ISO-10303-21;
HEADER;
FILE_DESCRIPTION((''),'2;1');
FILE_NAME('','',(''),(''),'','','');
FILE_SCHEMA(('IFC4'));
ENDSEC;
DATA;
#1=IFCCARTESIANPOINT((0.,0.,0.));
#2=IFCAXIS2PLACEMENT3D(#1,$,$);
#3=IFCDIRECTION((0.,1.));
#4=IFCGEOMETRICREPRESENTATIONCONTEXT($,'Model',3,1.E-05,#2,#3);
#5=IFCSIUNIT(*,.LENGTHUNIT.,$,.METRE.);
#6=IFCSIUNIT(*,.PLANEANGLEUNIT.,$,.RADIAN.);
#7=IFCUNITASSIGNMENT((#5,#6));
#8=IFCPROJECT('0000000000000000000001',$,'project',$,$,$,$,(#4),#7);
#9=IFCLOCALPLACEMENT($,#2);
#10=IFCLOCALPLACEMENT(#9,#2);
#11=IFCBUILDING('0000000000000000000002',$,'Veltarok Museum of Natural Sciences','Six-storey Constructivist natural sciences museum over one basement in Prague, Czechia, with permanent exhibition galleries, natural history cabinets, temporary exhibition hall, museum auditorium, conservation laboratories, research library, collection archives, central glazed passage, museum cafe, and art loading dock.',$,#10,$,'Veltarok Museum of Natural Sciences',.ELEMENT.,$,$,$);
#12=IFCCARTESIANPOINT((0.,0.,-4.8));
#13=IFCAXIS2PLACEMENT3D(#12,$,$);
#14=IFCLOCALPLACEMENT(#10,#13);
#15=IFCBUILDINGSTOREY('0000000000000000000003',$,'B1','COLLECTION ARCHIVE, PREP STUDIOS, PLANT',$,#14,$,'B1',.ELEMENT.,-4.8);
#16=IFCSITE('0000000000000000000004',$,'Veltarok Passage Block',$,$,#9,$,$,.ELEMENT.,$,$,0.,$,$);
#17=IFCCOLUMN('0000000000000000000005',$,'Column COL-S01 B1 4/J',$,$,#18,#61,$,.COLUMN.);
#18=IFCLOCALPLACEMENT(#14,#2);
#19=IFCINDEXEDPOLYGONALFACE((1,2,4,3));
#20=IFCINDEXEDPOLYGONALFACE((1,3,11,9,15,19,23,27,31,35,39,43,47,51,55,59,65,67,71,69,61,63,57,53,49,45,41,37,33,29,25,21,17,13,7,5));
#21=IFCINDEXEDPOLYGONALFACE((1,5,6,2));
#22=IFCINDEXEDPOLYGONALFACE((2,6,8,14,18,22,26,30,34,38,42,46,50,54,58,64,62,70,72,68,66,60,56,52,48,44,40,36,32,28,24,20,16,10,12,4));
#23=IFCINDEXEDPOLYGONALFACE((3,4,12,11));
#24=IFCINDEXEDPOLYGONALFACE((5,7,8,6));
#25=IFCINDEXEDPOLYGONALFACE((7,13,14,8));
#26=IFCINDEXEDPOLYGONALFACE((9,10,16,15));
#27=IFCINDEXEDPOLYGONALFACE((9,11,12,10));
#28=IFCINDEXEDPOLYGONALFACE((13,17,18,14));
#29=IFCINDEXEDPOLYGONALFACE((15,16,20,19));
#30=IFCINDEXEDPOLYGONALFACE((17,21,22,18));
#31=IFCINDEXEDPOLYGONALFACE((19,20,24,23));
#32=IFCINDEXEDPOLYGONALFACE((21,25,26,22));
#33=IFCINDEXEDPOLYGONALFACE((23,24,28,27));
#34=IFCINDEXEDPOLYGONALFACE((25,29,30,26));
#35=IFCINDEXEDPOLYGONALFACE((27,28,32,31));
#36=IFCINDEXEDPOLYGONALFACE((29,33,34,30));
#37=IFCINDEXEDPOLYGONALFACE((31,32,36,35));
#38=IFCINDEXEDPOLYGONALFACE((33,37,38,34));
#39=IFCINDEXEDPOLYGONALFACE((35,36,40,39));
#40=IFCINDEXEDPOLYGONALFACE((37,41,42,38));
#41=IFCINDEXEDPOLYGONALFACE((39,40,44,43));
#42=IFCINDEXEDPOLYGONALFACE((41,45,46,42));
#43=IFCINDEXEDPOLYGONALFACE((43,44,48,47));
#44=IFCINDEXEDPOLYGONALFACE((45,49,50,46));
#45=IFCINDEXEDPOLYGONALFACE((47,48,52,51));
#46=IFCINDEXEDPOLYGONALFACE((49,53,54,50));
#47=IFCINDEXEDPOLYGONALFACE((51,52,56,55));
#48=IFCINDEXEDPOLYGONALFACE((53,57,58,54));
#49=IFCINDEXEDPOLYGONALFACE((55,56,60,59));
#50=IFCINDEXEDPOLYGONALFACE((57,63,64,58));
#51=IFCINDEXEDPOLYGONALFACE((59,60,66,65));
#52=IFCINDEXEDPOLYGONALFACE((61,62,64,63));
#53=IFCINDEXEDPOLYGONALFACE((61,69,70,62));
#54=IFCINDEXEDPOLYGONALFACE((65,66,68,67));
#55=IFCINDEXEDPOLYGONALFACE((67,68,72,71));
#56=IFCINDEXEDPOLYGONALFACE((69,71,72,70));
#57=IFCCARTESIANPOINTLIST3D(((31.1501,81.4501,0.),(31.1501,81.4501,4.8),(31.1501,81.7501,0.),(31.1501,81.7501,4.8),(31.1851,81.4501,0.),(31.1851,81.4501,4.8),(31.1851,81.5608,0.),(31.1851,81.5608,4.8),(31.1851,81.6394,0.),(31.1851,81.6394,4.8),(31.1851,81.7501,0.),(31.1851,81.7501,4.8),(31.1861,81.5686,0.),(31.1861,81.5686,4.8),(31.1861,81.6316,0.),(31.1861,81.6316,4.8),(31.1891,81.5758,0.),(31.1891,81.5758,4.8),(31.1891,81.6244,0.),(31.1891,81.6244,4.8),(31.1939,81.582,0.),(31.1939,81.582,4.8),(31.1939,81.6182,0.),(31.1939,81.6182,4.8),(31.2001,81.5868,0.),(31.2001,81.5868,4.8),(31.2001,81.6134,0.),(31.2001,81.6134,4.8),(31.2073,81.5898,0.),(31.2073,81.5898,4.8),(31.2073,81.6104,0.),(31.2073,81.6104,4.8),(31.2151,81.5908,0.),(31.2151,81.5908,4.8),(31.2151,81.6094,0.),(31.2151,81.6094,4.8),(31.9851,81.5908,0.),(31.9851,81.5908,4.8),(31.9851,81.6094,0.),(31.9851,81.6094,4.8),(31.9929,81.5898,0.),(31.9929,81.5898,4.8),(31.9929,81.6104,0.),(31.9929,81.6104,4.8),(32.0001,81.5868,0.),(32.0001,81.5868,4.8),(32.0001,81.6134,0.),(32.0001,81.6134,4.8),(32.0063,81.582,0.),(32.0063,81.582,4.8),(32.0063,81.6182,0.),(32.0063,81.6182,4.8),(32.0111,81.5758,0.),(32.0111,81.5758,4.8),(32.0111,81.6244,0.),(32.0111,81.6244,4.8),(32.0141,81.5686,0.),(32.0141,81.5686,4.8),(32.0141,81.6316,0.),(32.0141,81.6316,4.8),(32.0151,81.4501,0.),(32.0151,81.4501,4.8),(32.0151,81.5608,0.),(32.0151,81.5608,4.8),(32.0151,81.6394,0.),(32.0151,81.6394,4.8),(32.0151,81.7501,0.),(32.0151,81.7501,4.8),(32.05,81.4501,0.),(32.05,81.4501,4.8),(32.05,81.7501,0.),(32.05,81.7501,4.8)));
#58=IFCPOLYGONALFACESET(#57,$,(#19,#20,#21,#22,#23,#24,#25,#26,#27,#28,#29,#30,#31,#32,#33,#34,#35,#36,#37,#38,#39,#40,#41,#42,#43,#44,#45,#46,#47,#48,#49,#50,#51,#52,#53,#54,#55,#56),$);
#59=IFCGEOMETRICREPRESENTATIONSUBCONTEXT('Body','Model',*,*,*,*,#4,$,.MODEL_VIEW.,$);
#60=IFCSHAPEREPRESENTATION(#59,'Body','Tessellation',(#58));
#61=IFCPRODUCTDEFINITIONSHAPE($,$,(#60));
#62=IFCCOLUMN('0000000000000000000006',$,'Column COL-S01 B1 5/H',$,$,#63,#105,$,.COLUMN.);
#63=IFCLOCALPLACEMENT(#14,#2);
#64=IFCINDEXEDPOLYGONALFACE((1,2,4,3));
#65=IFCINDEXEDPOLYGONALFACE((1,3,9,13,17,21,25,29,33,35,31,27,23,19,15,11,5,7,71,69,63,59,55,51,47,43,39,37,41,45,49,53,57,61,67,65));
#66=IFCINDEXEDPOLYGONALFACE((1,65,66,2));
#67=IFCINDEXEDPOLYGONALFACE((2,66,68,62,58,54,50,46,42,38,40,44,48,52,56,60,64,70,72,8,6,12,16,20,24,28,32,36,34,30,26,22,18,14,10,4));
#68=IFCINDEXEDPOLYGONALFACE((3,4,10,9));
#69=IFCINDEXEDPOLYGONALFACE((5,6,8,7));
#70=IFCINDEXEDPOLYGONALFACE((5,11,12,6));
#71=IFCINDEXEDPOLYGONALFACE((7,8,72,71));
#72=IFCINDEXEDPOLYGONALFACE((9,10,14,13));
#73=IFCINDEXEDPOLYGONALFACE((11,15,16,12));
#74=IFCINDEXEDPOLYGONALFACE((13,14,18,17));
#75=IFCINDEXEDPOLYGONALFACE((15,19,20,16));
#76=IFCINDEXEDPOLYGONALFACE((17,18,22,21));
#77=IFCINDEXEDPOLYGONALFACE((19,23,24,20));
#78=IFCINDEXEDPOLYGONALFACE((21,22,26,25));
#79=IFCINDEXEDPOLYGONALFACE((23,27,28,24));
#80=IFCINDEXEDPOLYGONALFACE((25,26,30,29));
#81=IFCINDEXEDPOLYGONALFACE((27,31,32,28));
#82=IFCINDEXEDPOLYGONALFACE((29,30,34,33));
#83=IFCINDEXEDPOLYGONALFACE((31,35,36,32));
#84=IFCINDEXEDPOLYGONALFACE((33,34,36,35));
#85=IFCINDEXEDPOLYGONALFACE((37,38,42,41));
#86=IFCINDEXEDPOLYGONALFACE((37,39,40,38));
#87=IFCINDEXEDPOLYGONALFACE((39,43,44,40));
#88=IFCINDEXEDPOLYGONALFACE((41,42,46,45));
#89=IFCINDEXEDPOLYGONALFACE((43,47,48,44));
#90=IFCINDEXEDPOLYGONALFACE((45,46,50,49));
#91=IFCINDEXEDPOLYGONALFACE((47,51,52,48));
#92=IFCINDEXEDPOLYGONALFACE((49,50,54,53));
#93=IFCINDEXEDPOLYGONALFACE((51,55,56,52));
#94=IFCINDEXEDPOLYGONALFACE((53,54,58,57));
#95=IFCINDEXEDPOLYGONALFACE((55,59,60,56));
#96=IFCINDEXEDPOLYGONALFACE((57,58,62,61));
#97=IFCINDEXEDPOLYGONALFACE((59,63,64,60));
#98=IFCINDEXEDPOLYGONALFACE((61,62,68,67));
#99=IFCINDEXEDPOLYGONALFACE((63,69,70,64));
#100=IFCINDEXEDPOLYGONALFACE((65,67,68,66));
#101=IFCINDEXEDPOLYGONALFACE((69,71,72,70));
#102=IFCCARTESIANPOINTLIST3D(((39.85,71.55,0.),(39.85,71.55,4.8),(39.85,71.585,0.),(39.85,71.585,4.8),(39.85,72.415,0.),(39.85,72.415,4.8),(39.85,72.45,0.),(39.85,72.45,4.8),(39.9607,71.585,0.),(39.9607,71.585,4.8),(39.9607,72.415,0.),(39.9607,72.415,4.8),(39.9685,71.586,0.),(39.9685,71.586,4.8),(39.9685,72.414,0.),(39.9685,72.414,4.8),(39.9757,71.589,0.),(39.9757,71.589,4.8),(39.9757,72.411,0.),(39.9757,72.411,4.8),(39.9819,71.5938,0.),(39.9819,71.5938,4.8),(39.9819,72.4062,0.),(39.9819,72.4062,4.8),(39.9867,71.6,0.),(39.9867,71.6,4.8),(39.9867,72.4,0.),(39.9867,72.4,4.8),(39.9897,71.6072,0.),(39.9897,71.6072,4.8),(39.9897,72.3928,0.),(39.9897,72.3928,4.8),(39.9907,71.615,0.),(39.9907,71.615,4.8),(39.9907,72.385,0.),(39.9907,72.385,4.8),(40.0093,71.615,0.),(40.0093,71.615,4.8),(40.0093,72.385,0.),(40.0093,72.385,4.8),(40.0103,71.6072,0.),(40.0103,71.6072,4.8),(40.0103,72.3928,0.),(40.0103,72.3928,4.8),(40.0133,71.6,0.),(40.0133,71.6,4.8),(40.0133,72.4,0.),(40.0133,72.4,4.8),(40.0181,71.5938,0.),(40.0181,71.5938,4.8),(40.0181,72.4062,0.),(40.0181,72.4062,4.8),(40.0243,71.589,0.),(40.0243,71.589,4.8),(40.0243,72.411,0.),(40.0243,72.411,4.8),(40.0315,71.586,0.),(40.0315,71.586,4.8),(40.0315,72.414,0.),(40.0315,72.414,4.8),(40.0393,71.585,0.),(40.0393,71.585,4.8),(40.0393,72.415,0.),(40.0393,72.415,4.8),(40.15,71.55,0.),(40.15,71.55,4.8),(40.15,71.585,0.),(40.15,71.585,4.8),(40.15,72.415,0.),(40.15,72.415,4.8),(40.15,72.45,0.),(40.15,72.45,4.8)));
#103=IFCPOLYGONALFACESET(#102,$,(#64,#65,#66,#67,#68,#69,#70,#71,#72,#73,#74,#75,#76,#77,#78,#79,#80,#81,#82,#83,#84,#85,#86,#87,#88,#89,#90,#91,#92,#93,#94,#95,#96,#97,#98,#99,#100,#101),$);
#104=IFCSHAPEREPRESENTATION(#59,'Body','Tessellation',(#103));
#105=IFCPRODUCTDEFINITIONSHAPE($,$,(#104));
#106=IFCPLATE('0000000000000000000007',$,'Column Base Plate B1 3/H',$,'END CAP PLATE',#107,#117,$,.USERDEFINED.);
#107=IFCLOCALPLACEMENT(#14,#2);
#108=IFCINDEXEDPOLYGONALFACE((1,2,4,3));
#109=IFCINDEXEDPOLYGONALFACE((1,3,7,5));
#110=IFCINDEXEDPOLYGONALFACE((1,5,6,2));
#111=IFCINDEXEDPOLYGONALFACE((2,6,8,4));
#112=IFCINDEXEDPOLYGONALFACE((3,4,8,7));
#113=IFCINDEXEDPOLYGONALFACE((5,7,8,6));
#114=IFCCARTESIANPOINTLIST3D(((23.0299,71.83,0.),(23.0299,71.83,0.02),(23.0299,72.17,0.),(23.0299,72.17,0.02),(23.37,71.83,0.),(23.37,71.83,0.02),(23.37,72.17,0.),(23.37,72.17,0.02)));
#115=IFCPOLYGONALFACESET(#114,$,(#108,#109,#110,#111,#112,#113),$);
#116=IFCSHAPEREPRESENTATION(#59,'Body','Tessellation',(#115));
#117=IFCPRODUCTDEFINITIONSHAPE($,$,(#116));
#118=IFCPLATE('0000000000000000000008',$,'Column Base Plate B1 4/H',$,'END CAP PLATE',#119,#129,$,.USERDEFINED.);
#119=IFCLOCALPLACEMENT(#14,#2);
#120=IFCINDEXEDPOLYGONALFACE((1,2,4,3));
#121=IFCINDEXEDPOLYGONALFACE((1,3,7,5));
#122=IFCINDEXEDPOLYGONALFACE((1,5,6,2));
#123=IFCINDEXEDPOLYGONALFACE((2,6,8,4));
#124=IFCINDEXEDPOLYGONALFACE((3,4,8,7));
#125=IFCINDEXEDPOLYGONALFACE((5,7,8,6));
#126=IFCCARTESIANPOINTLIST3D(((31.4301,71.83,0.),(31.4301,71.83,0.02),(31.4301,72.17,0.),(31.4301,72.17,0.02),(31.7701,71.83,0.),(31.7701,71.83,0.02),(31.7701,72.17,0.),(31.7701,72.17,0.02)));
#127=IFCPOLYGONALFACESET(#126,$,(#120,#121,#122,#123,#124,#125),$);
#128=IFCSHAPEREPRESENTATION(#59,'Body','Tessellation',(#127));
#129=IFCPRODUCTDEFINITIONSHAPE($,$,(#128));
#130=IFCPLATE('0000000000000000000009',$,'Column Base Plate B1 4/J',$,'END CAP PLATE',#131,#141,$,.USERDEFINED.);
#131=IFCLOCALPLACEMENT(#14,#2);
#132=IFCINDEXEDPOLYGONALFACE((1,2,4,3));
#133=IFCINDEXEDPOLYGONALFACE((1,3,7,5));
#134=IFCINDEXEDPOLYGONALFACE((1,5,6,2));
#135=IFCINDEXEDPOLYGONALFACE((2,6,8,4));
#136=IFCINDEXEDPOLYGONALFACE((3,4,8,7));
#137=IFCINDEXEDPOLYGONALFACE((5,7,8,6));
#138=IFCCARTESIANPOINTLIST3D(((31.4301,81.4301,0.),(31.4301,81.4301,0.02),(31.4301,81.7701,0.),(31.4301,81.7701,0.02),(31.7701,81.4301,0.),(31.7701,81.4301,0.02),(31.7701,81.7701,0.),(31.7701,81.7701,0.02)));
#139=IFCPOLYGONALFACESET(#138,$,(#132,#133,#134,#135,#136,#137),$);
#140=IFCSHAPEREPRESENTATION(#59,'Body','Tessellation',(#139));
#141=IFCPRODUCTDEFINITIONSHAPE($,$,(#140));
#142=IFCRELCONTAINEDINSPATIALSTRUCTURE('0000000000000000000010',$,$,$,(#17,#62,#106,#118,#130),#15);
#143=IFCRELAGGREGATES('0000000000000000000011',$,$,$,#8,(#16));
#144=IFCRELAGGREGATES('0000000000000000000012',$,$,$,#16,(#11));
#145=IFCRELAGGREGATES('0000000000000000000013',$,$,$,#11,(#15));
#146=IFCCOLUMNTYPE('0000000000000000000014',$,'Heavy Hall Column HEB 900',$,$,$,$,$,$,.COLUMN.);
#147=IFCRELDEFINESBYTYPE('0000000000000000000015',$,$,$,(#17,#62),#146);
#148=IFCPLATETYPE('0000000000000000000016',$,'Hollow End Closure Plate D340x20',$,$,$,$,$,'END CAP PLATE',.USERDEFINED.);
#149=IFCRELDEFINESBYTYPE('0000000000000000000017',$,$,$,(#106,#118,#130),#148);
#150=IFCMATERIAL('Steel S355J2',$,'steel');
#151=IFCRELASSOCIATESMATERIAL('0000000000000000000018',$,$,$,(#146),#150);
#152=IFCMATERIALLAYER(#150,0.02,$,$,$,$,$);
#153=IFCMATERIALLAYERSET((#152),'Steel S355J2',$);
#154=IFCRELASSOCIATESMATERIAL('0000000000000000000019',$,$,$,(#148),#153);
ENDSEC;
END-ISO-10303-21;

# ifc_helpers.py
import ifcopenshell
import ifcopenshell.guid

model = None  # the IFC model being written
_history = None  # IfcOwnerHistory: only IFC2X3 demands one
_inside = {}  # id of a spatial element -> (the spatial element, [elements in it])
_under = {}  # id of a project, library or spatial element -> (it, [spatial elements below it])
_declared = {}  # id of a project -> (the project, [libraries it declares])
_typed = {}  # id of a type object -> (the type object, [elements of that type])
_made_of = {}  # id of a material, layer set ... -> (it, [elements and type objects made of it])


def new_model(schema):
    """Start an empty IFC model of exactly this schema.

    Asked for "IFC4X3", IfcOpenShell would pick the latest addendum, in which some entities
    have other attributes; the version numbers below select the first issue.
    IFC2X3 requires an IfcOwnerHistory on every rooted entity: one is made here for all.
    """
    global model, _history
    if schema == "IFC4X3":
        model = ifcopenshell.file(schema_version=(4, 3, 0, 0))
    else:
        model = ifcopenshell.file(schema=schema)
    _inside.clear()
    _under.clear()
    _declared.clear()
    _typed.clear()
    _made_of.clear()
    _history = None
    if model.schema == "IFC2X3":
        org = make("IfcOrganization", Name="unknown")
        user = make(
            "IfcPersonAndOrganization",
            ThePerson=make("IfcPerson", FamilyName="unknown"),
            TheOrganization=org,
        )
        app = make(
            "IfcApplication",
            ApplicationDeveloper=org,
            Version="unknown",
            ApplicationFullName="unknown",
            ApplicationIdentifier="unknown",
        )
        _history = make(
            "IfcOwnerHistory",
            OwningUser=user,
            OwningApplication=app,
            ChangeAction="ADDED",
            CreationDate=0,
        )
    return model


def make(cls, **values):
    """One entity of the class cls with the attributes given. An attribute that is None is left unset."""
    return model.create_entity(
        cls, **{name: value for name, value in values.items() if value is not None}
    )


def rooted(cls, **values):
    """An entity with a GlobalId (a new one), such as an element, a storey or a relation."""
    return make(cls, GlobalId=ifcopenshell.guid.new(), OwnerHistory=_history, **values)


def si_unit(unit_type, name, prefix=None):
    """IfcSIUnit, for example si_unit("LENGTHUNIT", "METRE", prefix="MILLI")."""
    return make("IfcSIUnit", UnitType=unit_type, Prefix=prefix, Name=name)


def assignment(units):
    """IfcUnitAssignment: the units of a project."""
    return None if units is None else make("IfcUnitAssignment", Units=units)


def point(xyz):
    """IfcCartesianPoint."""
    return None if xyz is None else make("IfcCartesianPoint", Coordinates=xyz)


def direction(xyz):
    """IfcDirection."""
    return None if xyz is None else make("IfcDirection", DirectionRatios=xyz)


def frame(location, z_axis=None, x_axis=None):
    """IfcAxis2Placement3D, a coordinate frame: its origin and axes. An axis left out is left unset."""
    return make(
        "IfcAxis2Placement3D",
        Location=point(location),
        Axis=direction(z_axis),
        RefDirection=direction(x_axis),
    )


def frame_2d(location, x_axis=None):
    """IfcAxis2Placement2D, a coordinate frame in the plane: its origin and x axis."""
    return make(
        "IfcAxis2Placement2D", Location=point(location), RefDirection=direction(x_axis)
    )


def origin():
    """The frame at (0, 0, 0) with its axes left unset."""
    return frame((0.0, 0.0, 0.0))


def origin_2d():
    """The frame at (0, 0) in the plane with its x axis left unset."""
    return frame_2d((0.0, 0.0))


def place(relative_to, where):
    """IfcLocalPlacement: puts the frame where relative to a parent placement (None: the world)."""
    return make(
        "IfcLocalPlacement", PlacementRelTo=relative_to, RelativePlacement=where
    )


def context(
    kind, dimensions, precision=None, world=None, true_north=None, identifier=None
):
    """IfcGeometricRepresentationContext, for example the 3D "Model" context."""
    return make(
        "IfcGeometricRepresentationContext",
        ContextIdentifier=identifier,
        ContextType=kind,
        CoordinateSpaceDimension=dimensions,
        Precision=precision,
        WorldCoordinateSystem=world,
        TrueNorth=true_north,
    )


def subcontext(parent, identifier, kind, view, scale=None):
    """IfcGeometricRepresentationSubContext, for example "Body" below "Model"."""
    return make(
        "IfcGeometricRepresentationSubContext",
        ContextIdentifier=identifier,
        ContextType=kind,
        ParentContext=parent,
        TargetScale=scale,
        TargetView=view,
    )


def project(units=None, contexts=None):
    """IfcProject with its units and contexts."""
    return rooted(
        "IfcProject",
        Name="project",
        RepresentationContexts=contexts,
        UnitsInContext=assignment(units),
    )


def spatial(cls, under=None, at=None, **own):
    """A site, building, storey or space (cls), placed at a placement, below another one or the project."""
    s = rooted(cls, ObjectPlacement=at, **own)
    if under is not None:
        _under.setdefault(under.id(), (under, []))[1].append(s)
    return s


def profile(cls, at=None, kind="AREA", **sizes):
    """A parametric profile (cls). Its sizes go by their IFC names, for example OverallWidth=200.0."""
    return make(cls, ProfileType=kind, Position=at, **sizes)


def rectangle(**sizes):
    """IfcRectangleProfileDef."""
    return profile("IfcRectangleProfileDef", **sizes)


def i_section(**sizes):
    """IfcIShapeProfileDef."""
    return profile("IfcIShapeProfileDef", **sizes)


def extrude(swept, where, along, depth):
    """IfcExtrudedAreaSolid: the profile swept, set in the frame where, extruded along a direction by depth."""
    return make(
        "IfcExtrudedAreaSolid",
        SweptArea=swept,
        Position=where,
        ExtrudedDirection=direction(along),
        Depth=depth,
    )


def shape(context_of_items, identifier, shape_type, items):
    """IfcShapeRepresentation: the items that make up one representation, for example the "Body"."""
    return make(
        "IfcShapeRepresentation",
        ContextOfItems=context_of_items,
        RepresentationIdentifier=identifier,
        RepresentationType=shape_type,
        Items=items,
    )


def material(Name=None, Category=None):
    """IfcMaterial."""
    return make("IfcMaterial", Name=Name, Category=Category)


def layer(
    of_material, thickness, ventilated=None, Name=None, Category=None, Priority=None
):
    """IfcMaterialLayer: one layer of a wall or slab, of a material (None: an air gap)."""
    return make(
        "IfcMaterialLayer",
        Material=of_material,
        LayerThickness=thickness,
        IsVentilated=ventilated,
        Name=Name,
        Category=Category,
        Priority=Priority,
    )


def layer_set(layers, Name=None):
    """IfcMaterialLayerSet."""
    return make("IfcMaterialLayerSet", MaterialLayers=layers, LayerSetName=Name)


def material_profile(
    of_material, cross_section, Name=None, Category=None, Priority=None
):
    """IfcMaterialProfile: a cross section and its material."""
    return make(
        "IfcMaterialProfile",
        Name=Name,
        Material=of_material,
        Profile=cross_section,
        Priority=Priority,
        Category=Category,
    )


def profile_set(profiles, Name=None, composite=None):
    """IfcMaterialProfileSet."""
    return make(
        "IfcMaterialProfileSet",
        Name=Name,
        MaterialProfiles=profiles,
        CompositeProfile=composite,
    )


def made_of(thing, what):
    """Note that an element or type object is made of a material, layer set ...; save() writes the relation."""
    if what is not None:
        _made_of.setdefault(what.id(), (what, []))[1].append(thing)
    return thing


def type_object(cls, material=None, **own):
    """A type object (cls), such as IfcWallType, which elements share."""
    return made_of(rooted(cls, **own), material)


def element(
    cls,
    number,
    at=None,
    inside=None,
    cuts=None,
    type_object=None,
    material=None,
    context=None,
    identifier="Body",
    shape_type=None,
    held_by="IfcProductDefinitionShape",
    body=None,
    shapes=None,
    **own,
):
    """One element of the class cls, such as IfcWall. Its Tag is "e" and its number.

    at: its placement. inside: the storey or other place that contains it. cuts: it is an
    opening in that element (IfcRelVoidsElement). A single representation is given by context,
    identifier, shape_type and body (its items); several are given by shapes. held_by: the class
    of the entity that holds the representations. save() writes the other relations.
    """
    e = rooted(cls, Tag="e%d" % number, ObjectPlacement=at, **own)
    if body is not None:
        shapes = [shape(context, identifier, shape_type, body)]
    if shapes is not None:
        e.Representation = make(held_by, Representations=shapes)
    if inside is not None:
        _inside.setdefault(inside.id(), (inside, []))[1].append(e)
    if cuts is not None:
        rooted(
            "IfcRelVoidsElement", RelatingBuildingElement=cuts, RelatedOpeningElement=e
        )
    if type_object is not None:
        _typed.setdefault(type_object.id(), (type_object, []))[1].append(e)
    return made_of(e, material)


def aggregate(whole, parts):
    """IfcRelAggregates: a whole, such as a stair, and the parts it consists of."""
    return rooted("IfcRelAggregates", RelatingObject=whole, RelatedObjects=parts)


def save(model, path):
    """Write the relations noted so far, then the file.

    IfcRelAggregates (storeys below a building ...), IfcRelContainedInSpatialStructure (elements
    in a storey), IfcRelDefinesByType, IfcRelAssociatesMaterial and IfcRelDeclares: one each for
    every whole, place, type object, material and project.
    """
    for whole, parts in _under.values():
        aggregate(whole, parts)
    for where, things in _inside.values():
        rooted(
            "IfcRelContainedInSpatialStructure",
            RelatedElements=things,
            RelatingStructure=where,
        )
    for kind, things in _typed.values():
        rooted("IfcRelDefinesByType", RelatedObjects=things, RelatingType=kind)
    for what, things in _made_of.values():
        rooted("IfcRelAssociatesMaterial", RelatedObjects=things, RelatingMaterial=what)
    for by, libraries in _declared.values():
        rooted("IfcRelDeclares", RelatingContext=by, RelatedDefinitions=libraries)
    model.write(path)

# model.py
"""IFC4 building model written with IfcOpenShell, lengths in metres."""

from ifc_helpers import new_model, si_unit, direction, frame, origin, origin_2d, place, context, subcontext, project, spatial, rectangle, i_section, extrude, material, layer, layer_set, material_profile, profile_set, type_object, element, save


model = new_model("IFC4")

# Units and contexts
model_context = context("Model", 3, precision=1e-05, world=origin(), true_north=direction((0.0, 1.0)))
body_context = subcontext(model_context, "Body", "Model", "MODEL_VIEW")
ifc_project = project(units=[si_unit("LENGTHUNIT", "METRE"), si_unit("PLANEANGLEUNIT", "RADIAN")], contexts=[model_context])

# Site, building, storey
site_placement = place(None, origin())
site = spatial("IfcSite", under=ifc_project, at=site_placement, Name="Veltarok Passage Block", CompositionType="ELEMENT", RefElevation=0.0)
building_placement = place(site_placement, origin())
building = spatial("IfcBuilding", under=site, at=building_placement, Name="Veltarok Museum of Natural Sciences", Description="Six-storey Constructivist natural sciences museum over one basement in Prague, Czechia, with permanent exhibition galleries, natural history cabinets, temporary exhibition hall, museum auditorium, conservation laboratories, research library, collection archives, central glazed passage, museum cafe, and art loading dock.", LongName="Veltarok Museum of Natural Sciences", CompositionType="ELEMENT")
storey_placement = place(building_placement, frame((0.0, 0.0, -4.8)))
storey = spatial("IfcBuildingStorey", under=building, at=storey_placement, Name="B1", Description="COLLECTION ARCHIVE, PREP STUDIOS, PLANT", LongName="B1", CompositionType="ELEMENT", Elevation=-4.8)

# Columns
ifc_material_1 = material(Name="Steel S355J2", Category="steel")
ifc_material_profile_1 = material_profile(ifc_material_1, i_section(OverallWidth=0.3, OverallDepth=0.8999, WebThickness=0.0186, FlangeThickness=0.0349, FilletRadius=0.03, at=origin_2d()), Name="HEB 900")
ifc_profile_set_1 = profile_set([ifc_material_profile_1], Name="Steel S355J2")
column_type = type_object("IfcColumnType", Name="Heavy Hall Column HEB 900", PredefinedType="COLUMN", material=ifc_profile_set_1)
for number, where, z_axis, x_axis, name in (
    (1, (31.6001, 81.6001, 0.0), (0.0, 0.0, 1.0), (0.0, 1.0, 0.0), "Column COL-S01 B1 4/J"),
    (2, (40.0, 72.0, 0.0), (0.0, 0.0, 1.0), (1.0, 0.0, 0.0), "Column COL-S01 B1 5/H"),
):
    element("IfcColumn", number, at=place(storey_placement, frame(where, z_axis=z_axis, x_axis=x_axis)), inside=storey, type_object=column_type, Name=name, PredefinedType="COLUMN", context=body_context, shape_type="SweptSolid", body=[
        extrude(i_section(OverallWidth=0.3, OverallDepth=0.8999, WebThickness=0.0186, FlangeThickness=0.0349, FilletRadius=0.03, at=origin_2d()), origin(), (0.0, 0.0, 1.0), 4.8),
    ])

# Plates
ifc_layer = layer(ifc_material_1, 0.02)
ifc_layer_set = layer_set([ifc_layer], Name="Steel S355J2")
plate_type = type_object("IfcPlateType", Name="Hollow End Closure Plate D340x20", ElementType="END CAP PLATE", PredefinedType="USERDEFINED", material=ifc_layer_set)
for number, where, z_axis, x_axis, name in (
    (3, (23.2, 72.0, 0.0), (0.0, 0.0, 1.0), (1.0, 0.0, 0.0), "Column Base Plate B1 3/H"),
    (4, (31.6001, 72.0, 0.0), (0.0, 0.0, 1.0), (1.0, 0.0, 0.0), "Column Base Plate B1 4/H"),
    (5, (31.6001, 81.6001, 0.0), (0.0, 0.0, 1.0), (1.0, 0.0, 0.0), "Column Base Plate B1 4/J"),
):
    element("IfcPlate", number, at=place(storey_placement, frame(where, z_axis=z_axis, x_axis=x_axis)), inside=storey, type_object=plate_type, Name=name, ObjectType="END CAP PLATE", PredefinedType="USERDEFINED", context=body_context, shape_type="SweptSolid", body=[
        extrude(rectangle(XDim=0.3401, YDim=0.3401, at=origin_2d()), origin(), (0.0, 0.0, 1.0), 0.02),
    ])

save(model, "model.ifc")
